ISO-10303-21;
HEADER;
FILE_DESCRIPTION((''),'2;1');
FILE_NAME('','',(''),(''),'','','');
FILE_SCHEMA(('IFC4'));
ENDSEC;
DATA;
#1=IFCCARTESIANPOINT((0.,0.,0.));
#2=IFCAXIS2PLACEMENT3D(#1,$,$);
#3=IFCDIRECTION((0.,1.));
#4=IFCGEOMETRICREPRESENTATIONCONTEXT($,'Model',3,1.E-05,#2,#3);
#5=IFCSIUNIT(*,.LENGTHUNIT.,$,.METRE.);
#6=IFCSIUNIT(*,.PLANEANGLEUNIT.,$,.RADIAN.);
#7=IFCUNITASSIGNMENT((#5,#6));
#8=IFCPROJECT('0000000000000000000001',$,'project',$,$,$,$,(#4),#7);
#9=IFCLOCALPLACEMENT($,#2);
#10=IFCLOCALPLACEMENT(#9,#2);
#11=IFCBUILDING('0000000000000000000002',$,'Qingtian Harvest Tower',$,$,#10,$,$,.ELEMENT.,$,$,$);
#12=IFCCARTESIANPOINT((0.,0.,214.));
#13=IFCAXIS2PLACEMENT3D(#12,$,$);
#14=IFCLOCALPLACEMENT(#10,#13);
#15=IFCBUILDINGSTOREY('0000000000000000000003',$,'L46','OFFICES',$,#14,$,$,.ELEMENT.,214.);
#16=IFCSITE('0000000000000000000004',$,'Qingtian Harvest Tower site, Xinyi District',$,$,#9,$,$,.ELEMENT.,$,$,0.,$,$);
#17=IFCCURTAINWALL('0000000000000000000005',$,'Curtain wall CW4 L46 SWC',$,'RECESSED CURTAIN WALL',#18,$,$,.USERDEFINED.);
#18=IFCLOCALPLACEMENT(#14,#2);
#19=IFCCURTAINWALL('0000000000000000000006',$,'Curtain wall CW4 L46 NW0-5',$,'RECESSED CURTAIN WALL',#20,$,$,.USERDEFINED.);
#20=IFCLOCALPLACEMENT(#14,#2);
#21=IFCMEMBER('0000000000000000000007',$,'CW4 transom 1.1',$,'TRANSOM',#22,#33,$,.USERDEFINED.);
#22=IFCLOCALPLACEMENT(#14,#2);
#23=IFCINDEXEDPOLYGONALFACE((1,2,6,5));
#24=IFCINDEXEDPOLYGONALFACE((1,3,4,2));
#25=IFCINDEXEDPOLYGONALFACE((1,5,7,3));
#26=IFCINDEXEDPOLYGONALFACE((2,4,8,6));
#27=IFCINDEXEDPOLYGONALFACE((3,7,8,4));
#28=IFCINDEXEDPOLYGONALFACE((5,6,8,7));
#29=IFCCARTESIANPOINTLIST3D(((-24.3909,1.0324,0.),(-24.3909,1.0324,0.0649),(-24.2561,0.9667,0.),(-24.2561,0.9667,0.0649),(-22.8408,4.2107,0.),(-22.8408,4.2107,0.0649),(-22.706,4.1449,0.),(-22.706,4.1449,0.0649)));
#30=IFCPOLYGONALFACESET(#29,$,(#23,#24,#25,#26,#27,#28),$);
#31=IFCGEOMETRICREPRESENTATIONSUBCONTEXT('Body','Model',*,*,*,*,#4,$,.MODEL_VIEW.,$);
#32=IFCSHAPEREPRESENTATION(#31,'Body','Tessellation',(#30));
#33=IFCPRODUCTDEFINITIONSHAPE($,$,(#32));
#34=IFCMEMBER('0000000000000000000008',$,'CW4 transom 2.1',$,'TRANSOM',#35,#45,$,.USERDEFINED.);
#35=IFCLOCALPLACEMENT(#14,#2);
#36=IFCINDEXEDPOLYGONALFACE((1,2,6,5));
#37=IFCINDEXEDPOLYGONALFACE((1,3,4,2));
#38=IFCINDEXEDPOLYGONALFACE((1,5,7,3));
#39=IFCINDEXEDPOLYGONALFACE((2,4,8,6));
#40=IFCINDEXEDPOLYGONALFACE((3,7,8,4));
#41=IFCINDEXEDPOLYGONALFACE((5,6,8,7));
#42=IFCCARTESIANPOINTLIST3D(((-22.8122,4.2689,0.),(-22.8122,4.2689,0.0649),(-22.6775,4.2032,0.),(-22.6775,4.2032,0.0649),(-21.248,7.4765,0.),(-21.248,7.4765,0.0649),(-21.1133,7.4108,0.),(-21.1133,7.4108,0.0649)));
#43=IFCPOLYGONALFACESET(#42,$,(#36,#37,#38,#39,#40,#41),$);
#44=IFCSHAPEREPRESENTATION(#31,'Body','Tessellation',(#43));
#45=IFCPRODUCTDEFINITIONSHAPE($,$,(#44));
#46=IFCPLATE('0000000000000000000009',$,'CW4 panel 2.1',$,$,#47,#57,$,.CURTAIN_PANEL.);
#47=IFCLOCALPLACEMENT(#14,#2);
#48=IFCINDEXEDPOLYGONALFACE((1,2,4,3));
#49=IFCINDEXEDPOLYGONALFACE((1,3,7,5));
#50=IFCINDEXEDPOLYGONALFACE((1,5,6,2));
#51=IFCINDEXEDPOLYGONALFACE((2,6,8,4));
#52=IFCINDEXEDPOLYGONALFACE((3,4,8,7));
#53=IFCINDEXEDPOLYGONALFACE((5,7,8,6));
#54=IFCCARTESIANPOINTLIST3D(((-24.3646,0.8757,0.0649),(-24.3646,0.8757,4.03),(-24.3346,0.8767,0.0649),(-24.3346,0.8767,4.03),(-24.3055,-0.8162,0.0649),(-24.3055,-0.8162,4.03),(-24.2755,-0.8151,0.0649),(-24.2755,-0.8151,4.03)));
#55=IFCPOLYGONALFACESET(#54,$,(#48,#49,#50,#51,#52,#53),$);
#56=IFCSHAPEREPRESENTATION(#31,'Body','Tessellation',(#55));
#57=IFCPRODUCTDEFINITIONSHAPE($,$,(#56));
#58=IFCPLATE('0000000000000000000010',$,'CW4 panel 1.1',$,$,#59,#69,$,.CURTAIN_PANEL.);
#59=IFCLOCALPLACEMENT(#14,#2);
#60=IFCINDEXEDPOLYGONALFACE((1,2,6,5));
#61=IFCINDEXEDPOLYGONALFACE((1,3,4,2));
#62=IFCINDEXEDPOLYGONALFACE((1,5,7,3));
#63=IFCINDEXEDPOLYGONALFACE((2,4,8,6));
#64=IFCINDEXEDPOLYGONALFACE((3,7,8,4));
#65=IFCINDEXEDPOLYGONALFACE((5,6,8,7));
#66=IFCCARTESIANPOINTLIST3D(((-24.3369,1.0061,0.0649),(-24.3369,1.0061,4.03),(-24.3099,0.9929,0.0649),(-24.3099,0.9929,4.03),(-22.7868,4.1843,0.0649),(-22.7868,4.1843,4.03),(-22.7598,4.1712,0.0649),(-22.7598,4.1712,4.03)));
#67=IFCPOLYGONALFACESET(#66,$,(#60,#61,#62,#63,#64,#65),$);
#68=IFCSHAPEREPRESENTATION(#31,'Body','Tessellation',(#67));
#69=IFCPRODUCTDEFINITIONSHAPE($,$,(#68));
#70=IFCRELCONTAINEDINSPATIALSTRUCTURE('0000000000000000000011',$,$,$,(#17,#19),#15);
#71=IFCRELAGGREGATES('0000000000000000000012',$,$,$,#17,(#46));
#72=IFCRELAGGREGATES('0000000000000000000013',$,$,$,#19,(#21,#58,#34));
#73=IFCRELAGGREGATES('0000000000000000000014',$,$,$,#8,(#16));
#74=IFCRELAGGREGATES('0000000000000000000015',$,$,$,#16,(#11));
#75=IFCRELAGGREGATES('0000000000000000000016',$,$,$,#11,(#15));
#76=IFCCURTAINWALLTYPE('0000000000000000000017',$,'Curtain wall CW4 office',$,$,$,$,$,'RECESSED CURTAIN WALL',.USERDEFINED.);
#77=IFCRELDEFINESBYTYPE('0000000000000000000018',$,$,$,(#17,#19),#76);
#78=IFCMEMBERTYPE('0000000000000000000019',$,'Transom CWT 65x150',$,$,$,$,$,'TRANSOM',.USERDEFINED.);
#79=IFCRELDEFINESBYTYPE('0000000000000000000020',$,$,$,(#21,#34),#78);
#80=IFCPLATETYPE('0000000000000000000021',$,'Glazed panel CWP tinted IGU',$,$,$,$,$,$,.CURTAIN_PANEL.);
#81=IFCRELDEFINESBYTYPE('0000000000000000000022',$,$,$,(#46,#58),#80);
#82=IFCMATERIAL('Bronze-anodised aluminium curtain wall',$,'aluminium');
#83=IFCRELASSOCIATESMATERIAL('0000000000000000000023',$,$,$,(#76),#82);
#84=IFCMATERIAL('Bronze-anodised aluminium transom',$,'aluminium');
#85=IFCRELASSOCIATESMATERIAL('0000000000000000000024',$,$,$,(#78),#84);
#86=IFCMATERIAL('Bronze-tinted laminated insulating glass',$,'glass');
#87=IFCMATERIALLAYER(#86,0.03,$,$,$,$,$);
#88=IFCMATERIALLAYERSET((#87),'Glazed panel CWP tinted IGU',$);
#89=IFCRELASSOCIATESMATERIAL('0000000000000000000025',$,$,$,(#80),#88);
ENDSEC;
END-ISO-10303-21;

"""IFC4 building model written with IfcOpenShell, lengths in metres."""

from ifc_helpers import new_model, si_unit, direction, frame, origin, origin_2d, place, context, subcontext, project, spatial, rectangle, extrude, material, layer, layer_set, material_profile, profile_set, type_object, element, aggregate, save


model = new_model("IFC4")

# Units and contexts
model_context = context("Model", 3, precision=1e-05, world=origin(), true_north=direction((0.0, 1.0)))
body_context = subcontext(model_context, "Body", "Model", "MODEL_VIEW")
ifc_project = project(units=[si_unit("LENGTHUNIT", "METRE"), si_unit("PLANEANGLEUNIT", "RADIAN")], contexts=[model_context])

# Site, building, storey
site_placement = place(None, origin())
site = spatial("IfcSite", under=ifc_project, at=site_placement, Name="Qingtian Harvest Tower site, Xinyi District", CompositionType="ELEMENT", RefElevation=0.0)
building_placement = place(site_placement, origin())
building = spatial("IfcBuilding", under=site, at=building_placement, Name="Qingtian Harvest Tower", CompositionType="ELEMENT")
storey_placement = place(building_placement, frame((0.0, 0.0, 214.0)))
storey = spatial("IfcBuildingStorey", under=building, at=storey_placement, Name="L46", Description="OFFICES", CompositionType="ELEMENT", Elevation=214.0)

# Curtain wall
ifc_material_1 = material(Name="Bronze-anodised aluminium curtain wall", Category="aluminium")
curtain_wall_type = type_object("IfcCurtainWallType", Name="Curtain wall CW4 office", ElementType="RECESSED CURTAIN WALL", PredefinedType="USERDEFINED", material=ifc_material_1)
curtain_wall_1_placement = place(storey_placement, origin())
curtain_wall_1 = element("IfcCurtainWall", 1, at=curtain_wall_1_placement, inside=storey, type_object=curtain_wall_type, Name="Curtain wall CW4 L46 SWC", ObjectType="RECESSED CURTAIN WALL", PredefinedType="USERDEFINED")

# Curtain wall
curtain_wall_2_placement = place(storey_placement, origin())
curtain_wall_2 = element("IfcCurtainWall", 2, at=curtain_wall_2_placement, inside=storey, type_object=curtain_wall_type, Name="Curtain wall CW4 L46 NW0-5", ObjectType="RECESSED CURTAIN WALL", PredefinedType="USERDEFINED")

# Members
ifc_material_2 = material(Name="Bronze-anodised aluminium transom", Category="aluminium")
ifc_material_profile_1 = material_profile(ifc_material_2, rectangle(XDim=0.1499, YDim=0.0649, at=origin_2d()), Name="AL 65x150")
ifc_profile_set_1 = profile_set([ifc_material_profile_1], Name="Bronze-anodised aluminium transom")
member_type_1 = type_object("IfcMemberType", Name="Transom CWT 65x150", ElementType="TRANSOM", PredefinedType="USERDEFINED", material=ifc_profile_set_1)
member_1_placement = place(storey_placement, frame((-24.3235, 0.9995, 0.0325), z_axis=(0.438354, 0.898802, 0.0), x_axis=(-0.898802, 0.438354, 0.0)))
member_1 = element("IfcMember", 3, at=member_1_placement, type_object=member_type_1, Name="CW4 transom 1.1", ObjectType="TRANSOM", PredefinedType="USERDEFINED", context=body_context, shape_type="SweptSolid", body=[
    extrude(rectangle(XDim=0.1499, YDim=0.0649, at=origin_2d()), origin(), (0.0, 0.0, 1.0), 3.5361),
])
member_2_placement = place(storey_placement, frame((-22.7449, 4.2361, 0.0325), z_axis=(0.438325, 0.898816, 0.0), x_axis=(-0.898816, 0.438325, 0.0)))
member_2 = element("IfcMember", 4, at=member_2_placement, type_object=member_type_1, Name="CW4 transom 2.1", ObjectType="TRANSOM", PredefinedType="USERDEFINED", context=body_context, shape_type="SweptSolid", body=[
    extrude(rectangle(XDim=0.1499, YDim=0.0649, at=origin_2d()), origin(), (0.0, 0.0, 1.0), 3.5686),
])

# Plates
ifc_material_3 = material(Name="Bronze-tinted laminated insulating glass", Category="glass")
ifc_layer = layer(ifc_material_3, 0.03)
ifc_layer_set = layer_set([ifc_layer], Name="Glazed panel CWP tinted IGU")
plate_type = type_object("IfcPlateType", Name="Glazed panel CWP tinted IGU", PredefinedType="CURTAIN_PANEL", material=ifc_layer_set)
plate_1_placement = place(storey_placement, frame((-24.3201, 0.0303, 0.0649), z_axis=(0.0, 0.0, 1.0), x_axis=(-0.034899, 0.999391, 0.0)))
plate_1 = element("IfcPlate", 5, at=plate_1_placement, type_object=plate_type, Name="CW4 panel 2.1", PredefinedType="CURTAIN_PANEL", context=body_context, shape_type="SweptSolid", body=[
    extrude(rectangle(XDim=1.6929, YDim=0.03, at=origin_2d()), origin(), (0.0, 0.0, 1.0), 3.9651),
])
aggregate(curtain_wall_1, [plate_1])
plate_2_placement = place(storey_placement, frame((-23.5483, 2.5886, 0.0649), z_axis=(0.0, 0.0, 1.0), x_axis=(0.438371, 0.898794, 0.0)))
plate_2 = element("IfcPlate", 6, at=plate_2_placement, type_object=plate_type, Name="CW4 panel 1.1", PredefinedType="CURTAIN_PANEL", context=body_context, shape_type="SweptSolid", body=[
    extrude(rectangle(XDim=3.5361, YDim=0.03, at=origin_2d()), origin(), (0.0, 0.0, 1.0), 3.9651),
])
aggregate(curtain_wall_2, [member_1, plate_2, member_2])

save(model, "model.ifc")
